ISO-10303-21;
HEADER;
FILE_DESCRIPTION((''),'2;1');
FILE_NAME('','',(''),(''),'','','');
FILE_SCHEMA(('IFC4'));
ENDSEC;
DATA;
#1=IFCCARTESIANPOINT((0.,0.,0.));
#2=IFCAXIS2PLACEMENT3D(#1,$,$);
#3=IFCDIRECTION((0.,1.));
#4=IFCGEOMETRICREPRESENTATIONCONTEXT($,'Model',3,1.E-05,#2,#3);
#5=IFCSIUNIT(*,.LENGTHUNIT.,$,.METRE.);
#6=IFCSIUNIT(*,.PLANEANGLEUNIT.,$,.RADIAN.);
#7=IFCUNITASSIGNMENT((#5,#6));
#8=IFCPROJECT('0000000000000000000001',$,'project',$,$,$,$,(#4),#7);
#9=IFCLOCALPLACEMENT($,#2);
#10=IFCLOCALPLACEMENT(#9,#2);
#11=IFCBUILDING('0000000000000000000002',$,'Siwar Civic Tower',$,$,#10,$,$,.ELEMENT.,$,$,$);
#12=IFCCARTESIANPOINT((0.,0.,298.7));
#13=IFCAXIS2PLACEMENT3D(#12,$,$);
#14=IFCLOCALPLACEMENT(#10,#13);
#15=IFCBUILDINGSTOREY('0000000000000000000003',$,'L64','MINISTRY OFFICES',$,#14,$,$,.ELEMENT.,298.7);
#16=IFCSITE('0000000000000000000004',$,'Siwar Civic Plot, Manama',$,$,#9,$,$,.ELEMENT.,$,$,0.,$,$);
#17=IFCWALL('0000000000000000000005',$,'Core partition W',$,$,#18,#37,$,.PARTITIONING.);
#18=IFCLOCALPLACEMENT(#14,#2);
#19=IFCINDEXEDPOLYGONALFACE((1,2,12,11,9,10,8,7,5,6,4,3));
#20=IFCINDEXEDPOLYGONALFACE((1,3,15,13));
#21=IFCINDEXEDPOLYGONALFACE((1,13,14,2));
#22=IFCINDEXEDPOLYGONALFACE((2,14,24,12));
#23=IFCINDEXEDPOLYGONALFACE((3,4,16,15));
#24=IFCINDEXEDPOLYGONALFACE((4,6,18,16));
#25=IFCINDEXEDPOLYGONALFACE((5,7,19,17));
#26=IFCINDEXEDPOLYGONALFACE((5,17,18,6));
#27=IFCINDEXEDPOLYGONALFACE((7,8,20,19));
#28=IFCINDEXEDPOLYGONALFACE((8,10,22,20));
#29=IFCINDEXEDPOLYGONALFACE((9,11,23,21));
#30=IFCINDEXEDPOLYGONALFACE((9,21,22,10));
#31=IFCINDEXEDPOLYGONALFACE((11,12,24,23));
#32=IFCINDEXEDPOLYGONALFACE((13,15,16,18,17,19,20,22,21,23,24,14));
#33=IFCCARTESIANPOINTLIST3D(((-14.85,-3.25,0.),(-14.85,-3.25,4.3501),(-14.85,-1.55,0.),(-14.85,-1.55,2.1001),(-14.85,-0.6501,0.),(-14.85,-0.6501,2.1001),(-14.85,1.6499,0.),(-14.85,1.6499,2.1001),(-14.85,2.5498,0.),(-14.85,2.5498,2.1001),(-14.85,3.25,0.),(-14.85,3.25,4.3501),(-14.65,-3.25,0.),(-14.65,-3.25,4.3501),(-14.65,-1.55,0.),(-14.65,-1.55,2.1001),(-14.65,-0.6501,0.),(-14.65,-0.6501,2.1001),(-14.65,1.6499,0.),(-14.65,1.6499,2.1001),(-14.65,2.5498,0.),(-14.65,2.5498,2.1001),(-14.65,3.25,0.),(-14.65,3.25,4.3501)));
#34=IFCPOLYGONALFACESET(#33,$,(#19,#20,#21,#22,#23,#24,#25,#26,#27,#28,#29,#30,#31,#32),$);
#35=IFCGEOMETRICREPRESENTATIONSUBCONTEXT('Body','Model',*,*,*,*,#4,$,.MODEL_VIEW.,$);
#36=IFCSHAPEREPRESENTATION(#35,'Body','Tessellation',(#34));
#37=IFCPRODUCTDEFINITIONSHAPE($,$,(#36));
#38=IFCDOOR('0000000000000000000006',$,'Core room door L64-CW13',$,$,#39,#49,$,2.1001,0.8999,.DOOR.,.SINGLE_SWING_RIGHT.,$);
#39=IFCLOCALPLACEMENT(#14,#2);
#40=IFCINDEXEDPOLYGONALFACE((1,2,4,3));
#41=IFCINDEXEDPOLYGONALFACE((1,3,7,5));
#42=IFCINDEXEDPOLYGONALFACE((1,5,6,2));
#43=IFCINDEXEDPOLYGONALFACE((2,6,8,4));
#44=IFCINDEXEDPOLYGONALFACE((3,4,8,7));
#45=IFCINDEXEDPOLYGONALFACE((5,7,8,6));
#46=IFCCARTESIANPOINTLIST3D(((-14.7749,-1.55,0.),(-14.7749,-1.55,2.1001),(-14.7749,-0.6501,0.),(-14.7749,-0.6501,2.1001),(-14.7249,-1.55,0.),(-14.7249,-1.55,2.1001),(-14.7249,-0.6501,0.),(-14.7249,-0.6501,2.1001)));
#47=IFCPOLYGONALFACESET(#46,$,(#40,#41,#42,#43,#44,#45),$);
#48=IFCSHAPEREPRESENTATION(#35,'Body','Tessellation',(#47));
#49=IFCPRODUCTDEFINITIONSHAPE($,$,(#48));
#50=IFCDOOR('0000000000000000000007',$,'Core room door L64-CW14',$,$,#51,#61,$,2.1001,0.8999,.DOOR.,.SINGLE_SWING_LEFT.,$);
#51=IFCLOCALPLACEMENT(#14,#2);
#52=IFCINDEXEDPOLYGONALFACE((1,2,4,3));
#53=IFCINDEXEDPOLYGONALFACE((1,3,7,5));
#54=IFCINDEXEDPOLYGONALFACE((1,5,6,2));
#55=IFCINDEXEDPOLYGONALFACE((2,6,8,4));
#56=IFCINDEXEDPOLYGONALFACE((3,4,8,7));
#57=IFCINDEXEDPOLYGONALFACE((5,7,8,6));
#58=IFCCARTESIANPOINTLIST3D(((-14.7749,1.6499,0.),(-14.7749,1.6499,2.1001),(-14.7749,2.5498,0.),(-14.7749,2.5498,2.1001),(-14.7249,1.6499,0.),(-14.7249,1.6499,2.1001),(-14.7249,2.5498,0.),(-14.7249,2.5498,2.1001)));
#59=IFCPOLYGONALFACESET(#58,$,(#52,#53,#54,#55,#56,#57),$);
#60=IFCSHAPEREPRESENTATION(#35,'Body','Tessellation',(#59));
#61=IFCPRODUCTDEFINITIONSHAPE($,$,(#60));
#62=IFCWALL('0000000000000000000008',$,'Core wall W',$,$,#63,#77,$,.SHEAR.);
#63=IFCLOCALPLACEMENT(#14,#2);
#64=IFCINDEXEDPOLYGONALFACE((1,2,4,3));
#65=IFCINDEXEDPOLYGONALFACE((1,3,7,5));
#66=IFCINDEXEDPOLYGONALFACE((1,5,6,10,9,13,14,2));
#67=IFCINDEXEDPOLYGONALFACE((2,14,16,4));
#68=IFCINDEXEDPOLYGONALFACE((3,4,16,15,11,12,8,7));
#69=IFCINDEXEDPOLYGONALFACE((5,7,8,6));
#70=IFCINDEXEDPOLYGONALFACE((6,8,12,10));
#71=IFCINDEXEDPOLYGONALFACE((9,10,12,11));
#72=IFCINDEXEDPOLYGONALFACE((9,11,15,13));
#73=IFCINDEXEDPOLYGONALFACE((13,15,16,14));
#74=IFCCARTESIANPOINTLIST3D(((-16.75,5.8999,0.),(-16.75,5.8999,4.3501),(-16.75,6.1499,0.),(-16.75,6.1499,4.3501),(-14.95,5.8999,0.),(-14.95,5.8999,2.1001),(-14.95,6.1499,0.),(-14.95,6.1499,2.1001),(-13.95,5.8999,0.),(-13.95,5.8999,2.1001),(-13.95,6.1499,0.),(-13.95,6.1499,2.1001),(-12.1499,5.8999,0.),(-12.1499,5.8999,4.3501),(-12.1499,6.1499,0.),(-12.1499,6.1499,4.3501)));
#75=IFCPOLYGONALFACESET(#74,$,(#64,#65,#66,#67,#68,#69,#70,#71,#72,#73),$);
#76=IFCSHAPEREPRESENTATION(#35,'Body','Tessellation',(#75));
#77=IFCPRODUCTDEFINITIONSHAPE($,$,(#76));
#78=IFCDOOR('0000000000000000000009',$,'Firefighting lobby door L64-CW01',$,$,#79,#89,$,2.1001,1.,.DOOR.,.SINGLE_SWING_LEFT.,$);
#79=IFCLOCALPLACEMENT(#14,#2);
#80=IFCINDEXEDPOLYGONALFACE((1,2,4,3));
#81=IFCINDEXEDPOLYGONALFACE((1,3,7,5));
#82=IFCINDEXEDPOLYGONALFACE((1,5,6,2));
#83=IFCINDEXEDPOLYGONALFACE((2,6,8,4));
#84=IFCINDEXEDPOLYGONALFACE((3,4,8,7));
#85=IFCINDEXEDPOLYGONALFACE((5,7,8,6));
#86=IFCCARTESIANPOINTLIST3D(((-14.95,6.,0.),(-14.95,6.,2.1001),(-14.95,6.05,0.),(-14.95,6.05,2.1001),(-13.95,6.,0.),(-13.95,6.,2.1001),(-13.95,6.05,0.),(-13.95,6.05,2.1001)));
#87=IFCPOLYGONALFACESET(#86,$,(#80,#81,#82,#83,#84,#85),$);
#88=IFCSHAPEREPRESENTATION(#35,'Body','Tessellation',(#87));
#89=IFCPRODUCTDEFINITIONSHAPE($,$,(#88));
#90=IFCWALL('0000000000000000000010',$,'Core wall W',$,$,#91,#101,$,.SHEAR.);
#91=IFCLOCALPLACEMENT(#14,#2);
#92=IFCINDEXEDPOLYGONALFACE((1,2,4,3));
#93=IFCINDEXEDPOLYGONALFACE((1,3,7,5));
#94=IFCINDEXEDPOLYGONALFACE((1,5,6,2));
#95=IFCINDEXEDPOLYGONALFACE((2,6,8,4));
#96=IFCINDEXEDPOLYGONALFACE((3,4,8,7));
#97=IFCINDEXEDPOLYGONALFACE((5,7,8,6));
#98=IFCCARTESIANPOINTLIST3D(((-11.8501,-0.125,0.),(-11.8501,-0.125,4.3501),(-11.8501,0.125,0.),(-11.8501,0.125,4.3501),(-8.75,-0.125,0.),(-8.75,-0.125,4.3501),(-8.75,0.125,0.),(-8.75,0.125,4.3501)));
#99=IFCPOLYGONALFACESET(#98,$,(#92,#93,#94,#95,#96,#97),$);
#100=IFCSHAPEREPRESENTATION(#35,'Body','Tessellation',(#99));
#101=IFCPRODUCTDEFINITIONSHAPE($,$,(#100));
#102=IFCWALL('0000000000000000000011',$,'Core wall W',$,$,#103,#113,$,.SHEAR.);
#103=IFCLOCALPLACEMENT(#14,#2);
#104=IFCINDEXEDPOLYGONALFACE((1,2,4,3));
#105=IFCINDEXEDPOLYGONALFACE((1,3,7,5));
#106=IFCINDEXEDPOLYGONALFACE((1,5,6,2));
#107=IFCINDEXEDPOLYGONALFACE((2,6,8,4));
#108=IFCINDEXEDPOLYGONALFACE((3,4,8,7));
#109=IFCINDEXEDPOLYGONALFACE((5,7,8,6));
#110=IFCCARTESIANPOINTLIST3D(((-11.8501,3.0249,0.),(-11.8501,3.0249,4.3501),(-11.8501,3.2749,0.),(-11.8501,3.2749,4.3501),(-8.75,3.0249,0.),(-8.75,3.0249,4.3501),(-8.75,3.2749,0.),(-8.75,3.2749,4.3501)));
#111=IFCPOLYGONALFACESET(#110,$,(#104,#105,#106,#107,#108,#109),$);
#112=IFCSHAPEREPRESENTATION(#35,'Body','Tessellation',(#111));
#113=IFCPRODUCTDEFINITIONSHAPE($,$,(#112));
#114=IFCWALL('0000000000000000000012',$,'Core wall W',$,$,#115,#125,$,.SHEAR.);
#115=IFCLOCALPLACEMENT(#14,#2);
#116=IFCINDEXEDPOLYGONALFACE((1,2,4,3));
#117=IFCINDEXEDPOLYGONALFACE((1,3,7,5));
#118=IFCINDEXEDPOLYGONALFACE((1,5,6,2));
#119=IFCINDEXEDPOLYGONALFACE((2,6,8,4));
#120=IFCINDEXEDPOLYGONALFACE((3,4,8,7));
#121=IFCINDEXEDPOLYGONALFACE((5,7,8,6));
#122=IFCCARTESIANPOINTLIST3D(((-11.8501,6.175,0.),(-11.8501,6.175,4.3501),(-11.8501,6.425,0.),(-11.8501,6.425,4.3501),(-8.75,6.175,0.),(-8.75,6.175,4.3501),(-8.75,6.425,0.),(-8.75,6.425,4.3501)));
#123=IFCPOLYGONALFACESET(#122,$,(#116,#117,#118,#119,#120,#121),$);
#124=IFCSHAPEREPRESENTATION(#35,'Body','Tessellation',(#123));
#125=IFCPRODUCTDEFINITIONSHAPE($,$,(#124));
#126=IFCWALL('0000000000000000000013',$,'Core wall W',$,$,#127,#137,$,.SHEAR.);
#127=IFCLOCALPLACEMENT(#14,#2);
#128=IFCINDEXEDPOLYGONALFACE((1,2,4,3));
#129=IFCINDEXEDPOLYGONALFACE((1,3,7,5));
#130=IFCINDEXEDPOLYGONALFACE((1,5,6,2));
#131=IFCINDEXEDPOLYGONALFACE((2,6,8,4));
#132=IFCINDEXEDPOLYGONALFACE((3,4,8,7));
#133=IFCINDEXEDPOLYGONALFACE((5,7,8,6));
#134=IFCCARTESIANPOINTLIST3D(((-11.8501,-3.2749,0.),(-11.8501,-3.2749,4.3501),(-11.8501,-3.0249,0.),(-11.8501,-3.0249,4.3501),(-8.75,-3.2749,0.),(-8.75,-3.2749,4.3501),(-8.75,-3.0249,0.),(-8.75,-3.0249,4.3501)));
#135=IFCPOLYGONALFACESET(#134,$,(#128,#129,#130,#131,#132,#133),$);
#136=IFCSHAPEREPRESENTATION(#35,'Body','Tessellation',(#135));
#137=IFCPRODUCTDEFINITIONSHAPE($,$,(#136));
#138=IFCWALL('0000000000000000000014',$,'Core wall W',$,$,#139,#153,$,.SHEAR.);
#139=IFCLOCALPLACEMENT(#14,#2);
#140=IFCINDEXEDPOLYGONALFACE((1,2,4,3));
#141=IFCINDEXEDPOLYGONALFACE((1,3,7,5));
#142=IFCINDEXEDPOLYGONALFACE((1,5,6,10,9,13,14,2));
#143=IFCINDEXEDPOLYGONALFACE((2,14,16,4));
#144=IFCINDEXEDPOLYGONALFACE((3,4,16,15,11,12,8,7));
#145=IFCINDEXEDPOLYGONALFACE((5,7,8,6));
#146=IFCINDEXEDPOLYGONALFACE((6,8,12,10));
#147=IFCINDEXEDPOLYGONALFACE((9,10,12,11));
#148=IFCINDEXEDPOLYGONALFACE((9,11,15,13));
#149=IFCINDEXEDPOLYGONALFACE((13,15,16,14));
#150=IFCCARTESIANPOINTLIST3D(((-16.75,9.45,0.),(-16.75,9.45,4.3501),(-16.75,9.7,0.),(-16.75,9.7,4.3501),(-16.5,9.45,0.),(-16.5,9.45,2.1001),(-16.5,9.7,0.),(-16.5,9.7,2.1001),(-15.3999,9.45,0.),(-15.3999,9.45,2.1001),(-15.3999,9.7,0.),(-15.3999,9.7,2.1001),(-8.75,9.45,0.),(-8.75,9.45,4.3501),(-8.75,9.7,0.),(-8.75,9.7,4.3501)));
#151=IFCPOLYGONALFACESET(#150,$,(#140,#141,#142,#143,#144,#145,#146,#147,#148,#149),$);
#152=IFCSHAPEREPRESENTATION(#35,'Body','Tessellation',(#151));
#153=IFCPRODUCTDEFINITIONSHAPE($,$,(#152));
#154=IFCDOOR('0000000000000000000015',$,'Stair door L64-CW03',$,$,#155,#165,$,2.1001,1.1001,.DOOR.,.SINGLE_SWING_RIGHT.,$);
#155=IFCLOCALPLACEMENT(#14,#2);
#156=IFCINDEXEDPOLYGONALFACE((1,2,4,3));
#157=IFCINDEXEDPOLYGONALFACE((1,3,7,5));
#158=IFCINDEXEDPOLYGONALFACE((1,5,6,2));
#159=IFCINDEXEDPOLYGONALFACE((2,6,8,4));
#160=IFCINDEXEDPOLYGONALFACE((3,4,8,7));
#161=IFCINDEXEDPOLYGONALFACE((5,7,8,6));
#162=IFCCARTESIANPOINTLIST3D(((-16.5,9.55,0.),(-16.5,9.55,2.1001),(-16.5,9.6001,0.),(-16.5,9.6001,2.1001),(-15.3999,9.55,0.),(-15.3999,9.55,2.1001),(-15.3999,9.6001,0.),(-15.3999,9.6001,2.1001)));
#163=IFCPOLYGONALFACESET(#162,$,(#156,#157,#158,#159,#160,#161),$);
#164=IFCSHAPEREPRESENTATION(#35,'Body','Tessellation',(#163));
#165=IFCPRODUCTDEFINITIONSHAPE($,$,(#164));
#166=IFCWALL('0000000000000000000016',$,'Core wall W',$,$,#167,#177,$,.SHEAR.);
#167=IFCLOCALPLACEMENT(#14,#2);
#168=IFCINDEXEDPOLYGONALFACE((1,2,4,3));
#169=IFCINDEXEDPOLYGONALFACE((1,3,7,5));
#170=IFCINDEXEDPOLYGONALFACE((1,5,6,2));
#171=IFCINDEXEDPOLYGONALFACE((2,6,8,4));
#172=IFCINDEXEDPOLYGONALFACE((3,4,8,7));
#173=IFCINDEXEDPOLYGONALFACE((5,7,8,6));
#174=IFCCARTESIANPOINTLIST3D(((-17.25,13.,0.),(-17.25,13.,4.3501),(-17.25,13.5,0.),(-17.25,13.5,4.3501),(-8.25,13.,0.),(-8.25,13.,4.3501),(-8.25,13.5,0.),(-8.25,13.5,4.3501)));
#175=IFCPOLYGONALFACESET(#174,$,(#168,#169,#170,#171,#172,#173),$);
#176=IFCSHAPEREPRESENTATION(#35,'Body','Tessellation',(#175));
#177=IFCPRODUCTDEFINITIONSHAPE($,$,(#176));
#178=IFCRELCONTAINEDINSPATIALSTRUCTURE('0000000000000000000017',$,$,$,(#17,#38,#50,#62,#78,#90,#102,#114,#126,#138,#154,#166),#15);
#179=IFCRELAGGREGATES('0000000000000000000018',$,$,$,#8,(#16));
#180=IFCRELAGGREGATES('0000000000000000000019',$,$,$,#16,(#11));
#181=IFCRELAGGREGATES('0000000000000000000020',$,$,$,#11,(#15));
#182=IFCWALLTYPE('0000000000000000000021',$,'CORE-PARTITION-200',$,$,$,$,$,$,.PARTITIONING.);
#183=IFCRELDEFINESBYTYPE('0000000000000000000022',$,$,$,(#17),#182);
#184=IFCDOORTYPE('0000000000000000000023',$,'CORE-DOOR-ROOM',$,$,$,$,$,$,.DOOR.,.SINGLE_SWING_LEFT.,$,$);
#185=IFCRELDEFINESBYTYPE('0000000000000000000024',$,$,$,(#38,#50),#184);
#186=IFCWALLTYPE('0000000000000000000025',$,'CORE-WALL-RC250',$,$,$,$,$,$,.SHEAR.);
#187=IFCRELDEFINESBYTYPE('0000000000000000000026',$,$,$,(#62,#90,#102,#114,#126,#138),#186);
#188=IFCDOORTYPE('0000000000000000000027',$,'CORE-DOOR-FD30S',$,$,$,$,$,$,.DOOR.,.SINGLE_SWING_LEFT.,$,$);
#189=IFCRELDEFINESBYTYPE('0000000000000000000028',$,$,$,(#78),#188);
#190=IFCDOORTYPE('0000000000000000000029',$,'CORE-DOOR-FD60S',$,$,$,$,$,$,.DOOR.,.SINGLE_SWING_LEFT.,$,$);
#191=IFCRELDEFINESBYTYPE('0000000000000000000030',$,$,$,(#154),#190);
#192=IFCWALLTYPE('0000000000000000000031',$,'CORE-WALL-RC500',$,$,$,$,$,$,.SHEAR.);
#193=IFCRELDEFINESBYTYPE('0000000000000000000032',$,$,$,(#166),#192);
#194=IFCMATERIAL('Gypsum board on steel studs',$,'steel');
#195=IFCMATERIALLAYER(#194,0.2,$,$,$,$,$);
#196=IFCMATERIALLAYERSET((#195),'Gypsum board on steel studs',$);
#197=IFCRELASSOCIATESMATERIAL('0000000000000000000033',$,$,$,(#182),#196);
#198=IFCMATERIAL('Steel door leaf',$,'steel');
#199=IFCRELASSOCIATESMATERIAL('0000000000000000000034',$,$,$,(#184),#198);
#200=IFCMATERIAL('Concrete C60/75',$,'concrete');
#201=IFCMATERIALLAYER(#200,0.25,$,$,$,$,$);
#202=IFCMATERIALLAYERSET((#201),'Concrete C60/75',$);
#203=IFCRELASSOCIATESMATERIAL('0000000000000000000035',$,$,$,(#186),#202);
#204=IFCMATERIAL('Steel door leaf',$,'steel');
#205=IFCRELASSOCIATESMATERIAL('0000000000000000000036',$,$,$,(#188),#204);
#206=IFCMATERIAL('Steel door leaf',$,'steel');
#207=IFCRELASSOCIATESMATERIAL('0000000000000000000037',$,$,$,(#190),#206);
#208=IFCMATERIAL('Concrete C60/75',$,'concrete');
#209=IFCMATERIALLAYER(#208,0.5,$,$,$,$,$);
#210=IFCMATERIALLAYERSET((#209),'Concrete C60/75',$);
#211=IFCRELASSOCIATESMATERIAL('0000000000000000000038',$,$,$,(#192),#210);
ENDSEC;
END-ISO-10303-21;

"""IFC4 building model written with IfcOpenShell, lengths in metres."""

from ifc_helpers import new_model, si_unit, direction, frame, frame_2d, origin, place, context, subcontext, project, spatial, rectangle, extrude, material, layer, layer_set, type_object, element, fill, save


model = new_model("IFC4")

# Units and contexts
model_context = context("Model", 3, precision=1e-05, world=origin(), true_north=direction((0.0, 1.0)))
body_context = subcontext(model_context, "Body", "Model", "MODEL_VIEW")
ifc_project = project(units=[si_unit("LENGTHUNIT", "METRE"), si_unit("PLANEANGLEUNIT", "RADIAN")], contexts=[model_context])

# Site, building, storey
site_placement = place(None, origin())
site = spatial("IfcSite", under=ifc_project, at=site_placement, Name="Siwar Civic Plot, Manama", CompositionType="ELEMENT", RefElevation=0.0)
building_placement = place(site_placement, origin())
building = spatial("IfcBuilding", under=site, at=building_placement, Name="Siwar Civic Tower", CompositionType="ELEMENT")
storey_placement = place(building_placement, frame((0.0, 0.0, 298.7)))
storey = spatial("IfcBuildingStorey", under=building, at=storey_placement, Name="L64", Description="MINISTRY OFFICES", CompositionType="ELEMENT", Elevation=298.7)

# Wall, openings, doors
ifc_material_1 = material(Name="Gypsum board on steel studs", Category="steel")
ifc_layer_1 = layer(ifc_material_1, 0.2)
ifc_layer_set_1 = layer_set([ifc_layer_1], Name="Gypsum board on steel studs")
wall_type_1 = type_object("IfcWallType", Name="CORE-PARTITION-200", PredefinedType="PARTITIONING", material=ifc_layer_set_1)
wall_1_placement = place(storey_placement, frame((-14.75, -3.25, 0.0), z_axis=(0.0, 0.0, 1.0), x_axis=(0.0, 1.0, 0.0)))
wall_1 = element("IfcWall", 1, at=wall_1_placement, inside=storey, type_object=wall_type_1, Name="Core partition W", PredefinedType="PARTITIONING", context=body_context, shape_type="SweptSolid", body=[
    extrude(rectangle(XDim=6.5, YDim=0.2, at=frame_2d((3.25, 0.0))), origin(), (0.0, 0.0, 1.0), 4.3501),
])
opening_1_placement = place(wall_1_placement, frame((1.7, 0.0, 0.0)))
opening_1 = element("IfcOpeningElement", 2, at=opening_1_placement, cuts=wall_1, PredefinedType="OPENING", context=body_context, shape_type="SweptSolid", body=[
    extrude(rectangle(XDim=0.8999, YDim=2.1001, at=frame_2d((0.45, 1.05))), frame((0.0, 0.1099, 0.0), z_axis=(0.0, -1.0, 0.0), x_axis=(1.0, 0.0, 0.0)), (0.0, 0.0, 1.0), 0.22),
])
opening_2_placement = place(wall_1_placement, frame((4.8999, 0.0, 0.0)))
opening_2 = element("IfcOpeningElement", 3, at=opening_2_placement, cuts=wall_1, PredefinedType="OPENING", context=body_context, shape_type="SweptSolid", body=[
    extrude(rectangle(XDim=0.8999, YDim=2.1001, at=frame_2d((0.45, 1.05))), frame((0.0, 0.1099, 0.0), z_axis=(0.0, -1.0, 0.0), x_axis=(1.0, 0.0, 0.0)), (0.0, 0.0, 1.0), 0.22),
])
ifc_material_2 = material(Name="Steel door leaf", Category="steel")
door_type_1 = type_object("IfcDoorType", Name="CORE-DOOR-ROOM", OperationType="SINGLE_SWING_LEFT", PredefinedType="DOOR", material=ifc_material_2)
door_1_placement = place(opening_1_placement, origin())
door_1 = element("IfcDoor", 4, at=door_1_placement, inside=storey, type_object=door_type_1, Name="Core room door L64-CW13", OperationType="SINGLE_SWING_RIGHT", OverallHeight=2.1001, OverallWidth=0.8999, PredefinedType="DOOR", context=body_context, shape_type="SweptSolid", body=[
    extrude(rectangle(XDim=0.8999, YDim=2.1001, at=frame_2d((0.45, 1.05))), frame((0.0, 0.0249, 0.0), z_axis=(0.0, -1.0, 0.0), x_axis=(1.0, 0.0, 0.0)), (0.0, 0.0, 1.0), 0.05),
])
fill(opening_1, door_1)
door_2_placement = place(opening_2_placement, origin())
door_2 = element("IfcDoor", 5, at=door_2_placement, inside=storey, type_object=door_type_1, Name="Core room door L64-CW14", OperationType="SINGLE_SWING_LEFT", OverallHeight=2.1001, OverallWidth=0.8999, PredefinedType="DOOR", context=body_context, shape_type="SweptSolid", body=[
    extrude(rectangle(XDim=0.8999, YDim=2.1001, at=frame_2d((0.45, 1.05))), frame((0.0, 0.0249, 0.0), z_axis=(0.0, -1.0, 0.0), x_axis=(1.0, 0.0, 0.0)), (0.0, 0.0, 1.0), 0.05),
])
fill(opening_2, door_2)

# Wall, opening, door
ifc_material_3 = material(Name="Concrete C60/75", Category="concrete")
ifc_layer_2 = layer(ifc_material_3, 0.25)
ifc_layer_set_2 = layer_set([ifc_layer_2], Name="Concrete C60/75")
wall_type_2 = type_object("IfcWallType", Name="CORE-WALL-RC250", PredefinedType="SHEAR", material=ifc_layer_set_2)
wall_2_placement = place(storey_placement, frame((-12.1499, 6.0249, 0.0), z_axis=(0.0, 0.0, 1.0), x_axis=(-1.0, 0.0, 0.0)))
wall_2 = element("IfcWall", 6, at=wall_2_placement, inside=storey, type_object=wall_type_2, Name="Core wall W", PredefinedType="SHEAR", context=body_context, shape_type="SweptSolid", body=[
    extrude(rectangle(XDim=4.6001, YDim=0.25, at=frame_2d((2.3, 0.0))), origin(), (0.0, 0.0, 1.0), 4.3501),
])
opening_3_placement = place(wall_2_placement, frame((1.8, 0.0, 0.0)))
opening_3 = element("IfcOpeningElement", 7, at=opening_3_placement, cuts=wall_2, PredefinedType="OPENING", context=body_context, shape_type="SweptSolid", body=[
    extrude(rectangle(XDim=1.0, YDim=2.1001, at=frame_2d((0.5, 1.05))), frame((0.0, 0.135, 0.0), z_axis=(0.0, -1.0, 0.0), x_axis=(1.0, 0.0, 0.0)), (0.0, 0.0, 1.0), 0.27),
])
ifc_material_4 = material(Name="Steel door leaf", Category="steel")
door_type_2 = type_object("IfcDoorType", Name="CORE-DOOR-FD30S", OperationType="SINGLE_SWING_LEFT", PredefinedType="DOOR", material=ifc_material_4)
door_3_placement = place(opening_3_placement, origin())
door_3 = element("IfcDoor", 8, at=door_3_placement, inside=storey, type_object=door_type_2, Name="Firefighting lobby door L64-CW01", OperationType="SINGLE_SWING_LEFT", OverallHeight=2.1001, OverallWidth=1.0, PredefinedType="DOOR", context=body_context, shape_type="SweptSolid", body=[
    extrude(rectangle(XDim=1.0, YDim=2.1001, at=frame_2d((0.5, 1.05))), frame((0.0, 0.0249, 0.0), z_axis=(0.0, -1.0, 0.0), x_axis=(1.0, 0.0, 0.0)), (0.0, 0.0, 1.0), 0.05),
])
fill(opening_3, door_3)

# Walls
for number, where, z_axis, x_axis, name in (
    (9, (-8.75, 0.0, 0.0), (0.0, 0.0, 1.0), (-1.0, 0.0, 0.0), "Core wall W"),
    (10, (-8.75, 3.1499, 0.0), (0.0, 0.0, 1.0), (-1.0, 0.0, 0.0), "Core wall W"),
    (11, (-8.75, 6.3, 0.0), (0.0, 0.0, 1.0), (-1.0, 0.0, 0.0), "Core wall W"),
    (12, (-8.75, -3.1499, 0.0), (0.0, 0.0, 1.0), (-1.0, 0.0, 0.0), "Core wall W"),
):
    element("IfcWall", number, at=place(storey_placement, frame(where, z_axis=z_axis, x_axis=x_axis)), inside=storey, type_object=wall_type_2, Name=name, PredefinedType="SHEAR", context=body_context, shape_type="SweptSolid", body=[
        extrude(rectangle(XDim=3.1001, YDim=0.25, at=frame_2d((1.55, 0.0))), origin(), (0.0, 0.0, 1.0), 4.3501),
    ])

# Wall, opening, door
wall_3_placement = place(storey_placement, frame((-8.75, 9.575, 0.0), z_axis=(0.0, 0.0, 1.0), x_axis=(-1.0, 0.0, 0.0)))
wall_3 = element("IfcWall", 13, at=wall_3_placement, inside=storey, type_object=wall_type_2, Name="Core wall W", PredefinedType="SHEAR", context=body_context, shape_type="SweptSolid", body=[
    extrude(rectangle(XDim=8.0, YDim=0.25, at=frame_2d((4.0, 0.0))), origin(), (0.0, 0.0, 1.0), 4.3501),
])
opening_4_placement = place(wall_3_placement, frame((6.6499, 0.0, 0.0)))
opening_4 = element("IfcOpeningElement", 14, at=opening_4_placement, cuts=wall_3, PredefinedType="OPENING", context=body_context, shape_type="SweptSolid", body=[
    extrude(rectangle(XDim=1.1001, YDim=2.1001, at=frame_2d((0.55, 1.05))), frame((0.0, 0.135, 0.0), z_axis=(0.0, -1.0, 0.0), x_axis=(1.0, 0.0, 0.0)), (0.0, 0.0, 1.0), 0.27),
])
ifc_material_5 = material(Name="Steel door leaf", Category="steel")
door_type_3 = type_object("IfcDoorType", Name="CORE-DOOR-FD60S", OperationType="SINGLE_SWING_LEFT", PredefinedType="DOOR", material=ifc_material_5)
door_4_placement = place(opening_4_placement, origin())
door_4 = element("IfcDoor", 15, at=door_4_placement, inside=storey, type_object=door_type_3, Name="Stair door L64-CW03", OperationType="SINGLE_SWING_RIGHT", OverallHeight=2.1001, OverallWidth=1.1001, PredefinedType="DOOR", context=body_context, shape_type="SweptSolid", body=[
    extrude(rectangle(XDim=1.1001, YDim=2.1001, at=frame_2d((0.55, 1.05))), frame((0.0, 0.0249, 0.0), z_axis=(0.0, -1.0, 0.0), x_axis=(1.0, 0.0, 0.0)), (0.0, 0.0, 1.0), 0.05),
])
fill(opening_4, door_4)

# Wall
ifc_material_6 = material(Name="Concrete C60/75", Category="concrete")
ifc_layer_3 = layer(ifc_material_6, 0.5)
ifc_layer_set_3 = layer_set([ifc_layer_3], Name="Concrete C60/75")
wall_type_3 = type_object("IfcWallType", Name="CORE-WALL-RC500", PredefinedType="SHEAR", material=ifc_layer_set_3)
wall_4_placement = place(storey_placement, frame((-8.25, 13.25, 0.0), z_axis=(0.0, 0.0, 1.0), x_axis=(-1.0, 0.0, 0.0)))
element("IfcWall", 16, at=wall_4_placement, inside=storey, type_object=wall_type_3, Name="Core wall W", PredefinedType="SHEAR", context=body_context, shape_type="SweptSolid", body=[
    extrude(rectangle(XDim=9.0, YDim=0.5, at=frame_2d((4.5, 0.0))), origin(), (0.0, 0.0, 1.0), 4.3501),
])

save(model, "model.ifc")
